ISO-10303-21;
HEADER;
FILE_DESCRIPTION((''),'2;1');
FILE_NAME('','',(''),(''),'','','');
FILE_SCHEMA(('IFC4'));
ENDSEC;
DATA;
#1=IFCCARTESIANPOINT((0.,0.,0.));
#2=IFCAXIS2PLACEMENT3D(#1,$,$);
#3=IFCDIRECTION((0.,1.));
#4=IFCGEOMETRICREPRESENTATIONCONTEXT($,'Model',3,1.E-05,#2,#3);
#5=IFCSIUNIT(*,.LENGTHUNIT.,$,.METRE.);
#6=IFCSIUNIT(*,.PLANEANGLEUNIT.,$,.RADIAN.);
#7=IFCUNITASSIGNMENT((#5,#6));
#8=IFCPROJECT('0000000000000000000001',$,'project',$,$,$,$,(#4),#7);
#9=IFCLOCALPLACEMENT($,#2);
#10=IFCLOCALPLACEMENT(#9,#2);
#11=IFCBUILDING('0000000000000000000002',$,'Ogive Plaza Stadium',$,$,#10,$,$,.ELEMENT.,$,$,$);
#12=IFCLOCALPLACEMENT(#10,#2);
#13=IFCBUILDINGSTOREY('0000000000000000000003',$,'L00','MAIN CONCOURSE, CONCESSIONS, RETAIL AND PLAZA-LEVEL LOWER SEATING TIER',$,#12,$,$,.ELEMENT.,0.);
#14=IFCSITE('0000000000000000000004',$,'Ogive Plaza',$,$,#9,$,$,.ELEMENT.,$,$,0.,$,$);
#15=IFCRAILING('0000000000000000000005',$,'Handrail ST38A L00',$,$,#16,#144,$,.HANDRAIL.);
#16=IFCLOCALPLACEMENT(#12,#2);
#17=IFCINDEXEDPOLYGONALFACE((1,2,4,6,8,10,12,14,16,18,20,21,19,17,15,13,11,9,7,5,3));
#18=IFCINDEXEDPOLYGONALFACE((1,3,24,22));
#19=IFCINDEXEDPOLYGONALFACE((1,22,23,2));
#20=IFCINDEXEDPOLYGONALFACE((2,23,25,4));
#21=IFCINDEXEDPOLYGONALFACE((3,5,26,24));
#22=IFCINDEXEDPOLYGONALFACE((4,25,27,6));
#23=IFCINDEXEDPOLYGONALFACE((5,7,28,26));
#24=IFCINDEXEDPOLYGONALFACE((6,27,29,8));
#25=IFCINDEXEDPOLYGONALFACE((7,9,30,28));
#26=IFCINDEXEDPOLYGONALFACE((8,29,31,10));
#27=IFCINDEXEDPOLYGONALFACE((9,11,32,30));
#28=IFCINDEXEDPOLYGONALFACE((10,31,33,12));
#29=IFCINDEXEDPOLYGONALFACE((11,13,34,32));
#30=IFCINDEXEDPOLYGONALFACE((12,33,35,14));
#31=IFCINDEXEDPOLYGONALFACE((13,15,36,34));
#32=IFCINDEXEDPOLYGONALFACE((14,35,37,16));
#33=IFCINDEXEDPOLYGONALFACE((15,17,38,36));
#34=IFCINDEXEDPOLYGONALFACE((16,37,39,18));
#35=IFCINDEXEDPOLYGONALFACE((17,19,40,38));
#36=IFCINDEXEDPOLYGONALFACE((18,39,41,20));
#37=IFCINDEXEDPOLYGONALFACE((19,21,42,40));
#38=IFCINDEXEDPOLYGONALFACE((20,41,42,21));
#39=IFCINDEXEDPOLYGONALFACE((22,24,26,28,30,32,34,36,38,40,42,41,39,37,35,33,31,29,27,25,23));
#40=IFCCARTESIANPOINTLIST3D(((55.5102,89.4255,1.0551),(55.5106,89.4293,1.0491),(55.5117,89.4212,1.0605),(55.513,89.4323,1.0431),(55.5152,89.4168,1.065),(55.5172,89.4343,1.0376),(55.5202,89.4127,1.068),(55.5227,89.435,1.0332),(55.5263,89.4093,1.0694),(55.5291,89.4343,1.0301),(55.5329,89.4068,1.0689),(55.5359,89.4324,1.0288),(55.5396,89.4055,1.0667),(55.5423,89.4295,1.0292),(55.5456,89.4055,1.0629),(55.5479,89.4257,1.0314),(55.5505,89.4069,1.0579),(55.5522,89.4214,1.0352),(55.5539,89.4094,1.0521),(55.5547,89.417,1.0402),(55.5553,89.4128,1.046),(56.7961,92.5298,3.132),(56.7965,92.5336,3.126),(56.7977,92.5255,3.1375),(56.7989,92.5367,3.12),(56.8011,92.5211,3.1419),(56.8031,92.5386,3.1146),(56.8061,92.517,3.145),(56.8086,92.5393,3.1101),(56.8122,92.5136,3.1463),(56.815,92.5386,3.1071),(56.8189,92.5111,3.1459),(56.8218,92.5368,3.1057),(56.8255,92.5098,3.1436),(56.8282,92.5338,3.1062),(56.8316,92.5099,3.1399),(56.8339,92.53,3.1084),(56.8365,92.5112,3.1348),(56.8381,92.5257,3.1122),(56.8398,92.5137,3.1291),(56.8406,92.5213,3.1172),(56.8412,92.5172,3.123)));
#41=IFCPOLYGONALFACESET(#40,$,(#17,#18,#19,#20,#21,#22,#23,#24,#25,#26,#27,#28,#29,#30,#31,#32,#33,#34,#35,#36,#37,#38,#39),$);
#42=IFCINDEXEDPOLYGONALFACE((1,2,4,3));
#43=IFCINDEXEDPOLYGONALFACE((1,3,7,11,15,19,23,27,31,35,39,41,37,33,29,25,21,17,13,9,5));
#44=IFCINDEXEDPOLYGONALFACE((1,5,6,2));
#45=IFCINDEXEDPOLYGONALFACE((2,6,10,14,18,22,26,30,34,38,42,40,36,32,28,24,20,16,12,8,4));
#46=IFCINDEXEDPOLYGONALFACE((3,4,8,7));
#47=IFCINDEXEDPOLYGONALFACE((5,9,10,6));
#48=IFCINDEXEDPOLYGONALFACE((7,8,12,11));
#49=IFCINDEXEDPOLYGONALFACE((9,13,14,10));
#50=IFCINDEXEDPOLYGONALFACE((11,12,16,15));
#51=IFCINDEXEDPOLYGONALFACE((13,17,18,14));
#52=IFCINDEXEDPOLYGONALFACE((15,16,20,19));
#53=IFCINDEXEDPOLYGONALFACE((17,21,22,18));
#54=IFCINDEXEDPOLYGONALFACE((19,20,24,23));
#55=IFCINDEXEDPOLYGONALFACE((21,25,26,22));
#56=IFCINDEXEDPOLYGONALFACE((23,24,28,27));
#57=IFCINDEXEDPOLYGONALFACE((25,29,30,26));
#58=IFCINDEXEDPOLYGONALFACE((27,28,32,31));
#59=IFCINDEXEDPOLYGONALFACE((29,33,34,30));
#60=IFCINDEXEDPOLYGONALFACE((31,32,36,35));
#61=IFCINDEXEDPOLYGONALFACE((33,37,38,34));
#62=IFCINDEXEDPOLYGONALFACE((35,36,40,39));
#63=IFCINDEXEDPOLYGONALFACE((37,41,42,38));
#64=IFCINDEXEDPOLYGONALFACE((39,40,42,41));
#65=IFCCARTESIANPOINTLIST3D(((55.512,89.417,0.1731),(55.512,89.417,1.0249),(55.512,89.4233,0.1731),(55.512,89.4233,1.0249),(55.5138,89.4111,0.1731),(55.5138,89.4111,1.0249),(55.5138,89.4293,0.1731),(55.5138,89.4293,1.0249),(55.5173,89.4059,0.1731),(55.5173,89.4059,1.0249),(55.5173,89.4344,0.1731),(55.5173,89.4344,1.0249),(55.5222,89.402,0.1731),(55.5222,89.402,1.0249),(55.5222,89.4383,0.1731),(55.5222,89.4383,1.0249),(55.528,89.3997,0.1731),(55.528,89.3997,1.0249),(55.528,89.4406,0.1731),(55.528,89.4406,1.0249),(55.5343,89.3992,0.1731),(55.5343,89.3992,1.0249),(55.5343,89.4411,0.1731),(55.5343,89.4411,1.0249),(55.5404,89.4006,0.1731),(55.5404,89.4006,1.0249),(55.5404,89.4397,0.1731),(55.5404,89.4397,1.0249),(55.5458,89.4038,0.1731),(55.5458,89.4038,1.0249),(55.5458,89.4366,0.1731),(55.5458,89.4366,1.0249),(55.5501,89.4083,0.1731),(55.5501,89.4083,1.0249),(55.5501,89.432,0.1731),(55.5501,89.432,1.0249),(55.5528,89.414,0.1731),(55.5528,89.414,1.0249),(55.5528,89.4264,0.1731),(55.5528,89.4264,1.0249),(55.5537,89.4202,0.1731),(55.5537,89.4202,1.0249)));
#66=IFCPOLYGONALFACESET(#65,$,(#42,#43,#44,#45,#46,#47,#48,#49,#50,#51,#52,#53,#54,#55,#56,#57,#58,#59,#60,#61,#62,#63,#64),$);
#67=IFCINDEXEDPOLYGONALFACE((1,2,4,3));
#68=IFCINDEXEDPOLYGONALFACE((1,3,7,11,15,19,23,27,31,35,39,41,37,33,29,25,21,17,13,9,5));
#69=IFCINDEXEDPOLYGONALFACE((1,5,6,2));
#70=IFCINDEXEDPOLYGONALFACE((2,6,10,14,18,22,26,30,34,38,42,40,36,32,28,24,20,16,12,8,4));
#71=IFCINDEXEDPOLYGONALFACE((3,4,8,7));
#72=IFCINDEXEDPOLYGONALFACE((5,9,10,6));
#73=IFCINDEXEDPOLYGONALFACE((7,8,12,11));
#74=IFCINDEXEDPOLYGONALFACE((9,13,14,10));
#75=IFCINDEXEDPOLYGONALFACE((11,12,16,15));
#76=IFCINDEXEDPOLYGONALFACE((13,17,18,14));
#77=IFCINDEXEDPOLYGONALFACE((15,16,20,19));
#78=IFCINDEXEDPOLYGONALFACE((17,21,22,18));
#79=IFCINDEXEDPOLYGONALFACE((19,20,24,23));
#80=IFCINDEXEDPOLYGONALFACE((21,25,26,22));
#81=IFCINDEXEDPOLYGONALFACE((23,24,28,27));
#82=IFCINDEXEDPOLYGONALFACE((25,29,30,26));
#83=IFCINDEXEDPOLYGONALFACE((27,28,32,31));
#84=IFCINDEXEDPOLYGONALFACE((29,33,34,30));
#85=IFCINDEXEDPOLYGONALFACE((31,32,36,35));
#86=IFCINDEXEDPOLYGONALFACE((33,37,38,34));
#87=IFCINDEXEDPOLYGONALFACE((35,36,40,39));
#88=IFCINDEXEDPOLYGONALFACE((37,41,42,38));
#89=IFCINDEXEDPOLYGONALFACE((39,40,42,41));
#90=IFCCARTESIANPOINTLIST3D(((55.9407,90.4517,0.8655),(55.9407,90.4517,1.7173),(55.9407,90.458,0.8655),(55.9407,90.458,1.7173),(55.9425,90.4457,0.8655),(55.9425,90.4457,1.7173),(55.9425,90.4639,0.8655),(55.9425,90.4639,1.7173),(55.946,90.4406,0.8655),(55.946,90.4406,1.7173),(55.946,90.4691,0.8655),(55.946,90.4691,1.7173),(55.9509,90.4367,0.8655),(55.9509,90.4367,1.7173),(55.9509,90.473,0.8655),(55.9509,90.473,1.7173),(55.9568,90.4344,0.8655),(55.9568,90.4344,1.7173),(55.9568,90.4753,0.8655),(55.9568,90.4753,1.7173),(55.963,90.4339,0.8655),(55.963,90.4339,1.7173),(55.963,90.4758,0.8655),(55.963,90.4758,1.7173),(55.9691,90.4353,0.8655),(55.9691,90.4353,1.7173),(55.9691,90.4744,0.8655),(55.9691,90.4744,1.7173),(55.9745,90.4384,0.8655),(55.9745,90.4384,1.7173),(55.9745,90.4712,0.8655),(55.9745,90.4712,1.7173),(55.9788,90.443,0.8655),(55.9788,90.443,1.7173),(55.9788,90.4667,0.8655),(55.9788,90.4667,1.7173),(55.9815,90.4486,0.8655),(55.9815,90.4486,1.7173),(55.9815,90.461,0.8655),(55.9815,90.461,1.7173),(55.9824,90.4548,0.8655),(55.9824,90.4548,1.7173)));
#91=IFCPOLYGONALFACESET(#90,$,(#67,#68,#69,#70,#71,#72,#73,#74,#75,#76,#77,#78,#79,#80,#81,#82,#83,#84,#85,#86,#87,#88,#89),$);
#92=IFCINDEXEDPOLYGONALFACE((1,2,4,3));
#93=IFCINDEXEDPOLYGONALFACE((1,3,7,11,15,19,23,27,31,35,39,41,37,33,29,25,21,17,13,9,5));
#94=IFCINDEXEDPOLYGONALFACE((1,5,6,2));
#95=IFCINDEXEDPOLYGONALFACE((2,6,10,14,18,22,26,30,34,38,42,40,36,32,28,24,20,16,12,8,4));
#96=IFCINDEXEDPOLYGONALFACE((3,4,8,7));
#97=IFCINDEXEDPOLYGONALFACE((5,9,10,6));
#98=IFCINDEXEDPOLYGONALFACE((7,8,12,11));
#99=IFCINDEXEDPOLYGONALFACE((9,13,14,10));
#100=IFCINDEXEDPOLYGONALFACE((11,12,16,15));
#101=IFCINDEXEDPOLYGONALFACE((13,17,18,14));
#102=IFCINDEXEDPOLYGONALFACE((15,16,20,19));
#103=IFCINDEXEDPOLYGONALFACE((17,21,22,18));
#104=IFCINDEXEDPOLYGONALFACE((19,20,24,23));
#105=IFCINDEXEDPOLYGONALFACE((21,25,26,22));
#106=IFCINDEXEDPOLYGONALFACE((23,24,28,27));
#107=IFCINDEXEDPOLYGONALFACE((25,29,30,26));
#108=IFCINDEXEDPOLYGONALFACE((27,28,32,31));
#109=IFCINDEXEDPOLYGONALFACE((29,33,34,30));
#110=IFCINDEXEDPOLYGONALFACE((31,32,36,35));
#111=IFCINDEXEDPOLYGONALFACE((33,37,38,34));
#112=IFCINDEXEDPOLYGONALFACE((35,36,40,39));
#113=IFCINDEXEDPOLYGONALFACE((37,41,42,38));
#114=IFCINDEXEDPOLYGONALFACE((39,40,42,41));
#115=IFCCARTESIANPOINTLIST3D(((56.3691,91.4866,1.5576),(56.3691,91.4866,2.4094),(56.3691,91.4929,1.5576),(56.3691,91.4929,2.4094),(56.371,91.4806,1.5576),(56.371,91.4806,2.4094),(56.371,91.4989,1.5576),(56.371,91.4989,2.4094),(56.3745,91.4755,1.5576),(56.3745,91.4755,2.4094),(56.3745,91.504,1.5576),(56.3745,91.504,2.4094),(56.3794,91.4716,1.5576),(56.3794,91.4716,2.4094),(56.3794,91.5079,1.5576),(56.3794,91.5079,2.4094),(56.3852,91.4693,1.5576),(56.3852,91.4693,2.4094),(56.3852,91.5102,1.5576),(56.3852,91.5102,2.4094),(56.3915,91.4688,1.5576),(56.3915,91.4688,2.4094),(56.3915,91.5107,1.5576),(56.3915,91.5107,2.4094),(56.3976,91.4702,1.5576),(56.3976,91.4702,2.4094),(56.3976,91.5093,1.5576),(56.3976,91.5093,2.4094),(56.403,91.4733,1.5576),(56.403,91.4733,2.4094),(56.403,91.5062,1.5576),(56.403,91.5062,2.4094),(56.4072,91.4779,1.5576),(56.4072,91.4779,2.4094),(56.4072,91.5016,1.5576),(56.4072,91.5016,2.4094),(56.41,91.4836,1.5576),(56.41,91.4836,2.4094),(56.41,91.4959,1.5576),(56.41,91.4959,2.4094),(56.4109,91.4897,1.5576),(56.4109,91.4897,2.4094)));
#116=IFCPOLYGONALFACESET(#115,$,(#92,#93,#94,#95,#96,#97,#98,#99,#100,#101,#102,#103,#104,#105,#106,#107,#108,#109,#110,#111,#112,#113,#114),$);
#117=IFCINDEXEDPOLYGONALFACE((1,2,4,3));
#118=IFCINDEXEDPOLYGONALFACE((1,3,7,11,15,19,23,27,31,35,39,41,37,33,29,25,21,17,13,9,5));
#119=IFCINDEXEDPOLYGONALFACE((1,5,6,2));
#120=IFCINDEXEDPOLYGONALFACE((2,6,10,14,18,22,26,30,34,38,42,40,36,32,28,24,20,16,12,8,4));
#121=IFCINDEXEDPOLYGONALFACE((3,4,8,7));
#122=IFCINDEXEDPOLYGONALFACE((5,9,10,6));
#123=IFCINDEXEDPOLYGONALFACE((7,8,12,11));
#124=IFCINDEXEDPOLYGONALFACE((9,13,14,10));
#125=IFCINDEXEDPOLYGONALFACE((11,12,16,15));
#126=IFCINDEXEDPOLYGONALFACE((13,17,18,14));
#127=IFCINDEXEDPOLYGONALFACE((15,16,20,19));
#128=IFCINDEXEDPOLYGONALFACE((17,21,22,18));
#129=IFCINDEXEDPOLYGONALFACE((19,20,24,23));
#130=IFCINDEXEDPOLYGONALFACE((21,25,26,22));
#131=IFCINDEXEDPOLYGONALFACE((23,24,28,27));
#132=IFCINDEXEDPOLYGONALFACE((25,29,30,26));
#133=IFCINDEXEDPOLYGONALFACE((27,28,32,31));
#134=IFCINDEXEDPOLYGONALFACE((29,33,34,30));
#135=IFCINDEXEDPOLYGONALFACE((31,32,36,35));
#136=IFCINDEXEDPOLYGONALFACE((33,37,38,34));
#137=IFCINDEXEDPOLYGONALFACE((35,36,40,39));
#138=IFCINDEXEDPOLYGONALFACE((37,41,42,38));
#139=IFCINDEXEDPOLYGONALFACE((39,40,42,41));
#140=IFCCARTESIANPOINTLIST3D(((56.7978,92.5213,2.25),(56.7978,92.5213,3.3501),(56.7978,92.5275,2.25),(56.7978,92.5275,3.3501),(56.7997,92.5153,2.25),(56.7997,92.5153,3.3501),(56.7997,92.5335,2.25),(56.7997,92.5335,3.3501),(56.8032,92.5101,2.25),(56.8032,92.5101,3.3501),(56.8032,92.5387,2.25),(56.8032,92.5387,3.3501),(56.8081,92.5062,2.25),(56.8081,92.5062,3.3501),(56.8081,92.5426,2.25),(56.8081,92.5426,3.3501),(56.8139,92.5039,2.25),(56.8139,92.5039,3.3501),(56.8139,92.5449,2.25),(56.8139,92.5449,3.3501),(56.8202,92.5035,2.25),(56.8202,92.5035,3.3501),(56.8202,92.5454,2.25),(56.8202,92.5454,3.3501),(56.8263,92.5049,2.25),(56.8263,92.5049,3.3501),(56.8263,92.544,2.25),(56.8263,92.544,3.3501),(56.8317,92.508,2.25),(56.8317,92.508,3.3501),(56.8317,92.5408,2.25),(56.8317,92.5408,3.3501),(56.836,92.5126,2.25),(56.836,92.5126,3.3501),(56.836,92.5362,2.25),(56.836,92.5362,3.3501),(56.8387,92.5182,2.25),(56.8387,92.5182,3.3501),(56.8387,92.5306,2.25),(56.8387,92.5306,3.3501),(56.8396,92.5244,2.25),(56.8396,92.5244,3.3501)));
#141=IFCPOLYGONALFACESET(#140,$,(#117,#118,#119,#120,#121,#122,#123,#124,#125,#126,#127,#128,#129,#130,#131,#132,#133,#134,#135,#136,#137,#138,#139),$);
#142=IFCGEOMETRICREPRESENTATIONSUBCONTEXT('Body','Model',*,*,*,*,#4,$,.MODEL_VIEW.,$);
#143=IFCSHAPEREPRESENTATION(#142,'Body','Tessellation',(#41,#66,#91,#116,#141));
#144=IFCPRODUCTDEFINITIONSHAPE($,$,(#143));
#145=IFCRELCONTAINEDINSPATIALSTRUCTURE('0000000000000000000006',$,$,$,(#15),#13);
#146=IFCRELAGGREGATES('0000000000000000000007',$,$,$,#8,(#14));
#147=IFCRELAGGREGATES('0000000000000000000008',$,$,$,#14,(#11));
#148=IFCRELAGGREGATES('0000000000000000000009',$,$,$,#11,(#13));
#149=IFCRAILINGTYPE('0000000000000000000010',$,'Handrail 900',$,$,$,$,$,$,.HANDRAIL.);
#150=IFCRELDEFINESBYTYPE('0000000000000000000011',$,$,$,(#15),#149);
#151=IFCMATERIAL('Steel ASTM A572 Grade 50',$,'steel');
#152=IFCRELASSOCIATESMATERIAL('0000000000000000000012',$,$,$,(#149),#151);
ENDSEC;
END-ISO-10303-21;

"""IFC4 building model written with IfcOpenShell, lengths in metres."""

from ifc_helpers import new_model, si_unit, direction, frame, origin, origin_2d, place, context, subcontext, project, spatial, circle, extrude, material, type_object, element, save


model = new_model("IFC4")

# Units and contexts
model_context = context("Model", 3, precision=1e-05, world=origin(), true_north=direction((0.0, 1.0)))
body_context = subcontext(model_context, "Body", "Model", "MODEL_VIEW")
ifc_project = project(units=[si_unit("LENGTHUNIT", "METRE"), si_unit("PLANEANGLEUNIT", "RADIAN")], contexts=[model_context])

# Site, building, storey
site_placement = place(None, origin())
site = spatial("IfcSite", under=ifc_project, at=site_placement, Name="Ogive Plaza", CompositionType="ELEMENT", RefElevation=0.0)
building_placement = place(site_placement, origin())
building = spatial("IfcBuilding", under=site, at=building_placement, Name="Ogive Plaza Stadium", CompositionType="ELEMENT")
storey_placement = place(building_placement, origin())
storey = spatial("IfcBuildingStorey", under=building, at=storey_placement, Name="L00", Description="MAIN CONCOURSE, CONCESSIONS, RETAIL AND PLAZA-LEVEL LOWER SEATING TIER", CompositionType="ELEMENT", Elevation=0.0)

# Railing
ifc_material_1 = material(Name="Steel ASTM A572 Grade 50", Category="steel")
railing_type_1 = type_object("IfcRailingType", Name="Handrail 900", PredefinedType="HANDRAIL", material=ifc_material_1)
railing_1_placement = place(storey_placement, frame((55.5327, 89.4202, 0.1731)))
element("IfcRailing", 1, at=railing_1_placement, inside=storey, type_object=railing_type_1, Name="Handrail ST38A L00", PredefinedType="HANDRAIL", context=body_context, shape_type="SweptSolid", body=[
    extrude(circle(Radius=0.0239, at=origin_2d()), frame((0.0, 0.0, 0.876), z_axis=(0.325532, 0.785863, 0.525783), x_axis=(-0.923872, 0.3827, 0.0)), (0.0, 0.0, 1.0), 3.9502),
    extrude(circle(Radius=0.021, at=origin_2d()), origin(), (0.0, 0.0, 1.0), 0.8518),
    extrude(circle(Radius=0.021, at=origin_2d()), frame((0.4287, 1.0347, 0.6924)), (0.0, 0.0, 1.0), 0.8518),
    extrude(circle(Radius=0.021, at=origin_2d()), frame((0.8572, 2.0696, 1.3845)), (0.0, 0.0, 1.0), 0.8518),
    extrude(circle(Radius=0.021, at=origin_2d()), frame((1.2859, 3.1042, 2.0769)), (0.0, 0.0, 1.0), 1.1001),
])

save(model, "model.ifc")
